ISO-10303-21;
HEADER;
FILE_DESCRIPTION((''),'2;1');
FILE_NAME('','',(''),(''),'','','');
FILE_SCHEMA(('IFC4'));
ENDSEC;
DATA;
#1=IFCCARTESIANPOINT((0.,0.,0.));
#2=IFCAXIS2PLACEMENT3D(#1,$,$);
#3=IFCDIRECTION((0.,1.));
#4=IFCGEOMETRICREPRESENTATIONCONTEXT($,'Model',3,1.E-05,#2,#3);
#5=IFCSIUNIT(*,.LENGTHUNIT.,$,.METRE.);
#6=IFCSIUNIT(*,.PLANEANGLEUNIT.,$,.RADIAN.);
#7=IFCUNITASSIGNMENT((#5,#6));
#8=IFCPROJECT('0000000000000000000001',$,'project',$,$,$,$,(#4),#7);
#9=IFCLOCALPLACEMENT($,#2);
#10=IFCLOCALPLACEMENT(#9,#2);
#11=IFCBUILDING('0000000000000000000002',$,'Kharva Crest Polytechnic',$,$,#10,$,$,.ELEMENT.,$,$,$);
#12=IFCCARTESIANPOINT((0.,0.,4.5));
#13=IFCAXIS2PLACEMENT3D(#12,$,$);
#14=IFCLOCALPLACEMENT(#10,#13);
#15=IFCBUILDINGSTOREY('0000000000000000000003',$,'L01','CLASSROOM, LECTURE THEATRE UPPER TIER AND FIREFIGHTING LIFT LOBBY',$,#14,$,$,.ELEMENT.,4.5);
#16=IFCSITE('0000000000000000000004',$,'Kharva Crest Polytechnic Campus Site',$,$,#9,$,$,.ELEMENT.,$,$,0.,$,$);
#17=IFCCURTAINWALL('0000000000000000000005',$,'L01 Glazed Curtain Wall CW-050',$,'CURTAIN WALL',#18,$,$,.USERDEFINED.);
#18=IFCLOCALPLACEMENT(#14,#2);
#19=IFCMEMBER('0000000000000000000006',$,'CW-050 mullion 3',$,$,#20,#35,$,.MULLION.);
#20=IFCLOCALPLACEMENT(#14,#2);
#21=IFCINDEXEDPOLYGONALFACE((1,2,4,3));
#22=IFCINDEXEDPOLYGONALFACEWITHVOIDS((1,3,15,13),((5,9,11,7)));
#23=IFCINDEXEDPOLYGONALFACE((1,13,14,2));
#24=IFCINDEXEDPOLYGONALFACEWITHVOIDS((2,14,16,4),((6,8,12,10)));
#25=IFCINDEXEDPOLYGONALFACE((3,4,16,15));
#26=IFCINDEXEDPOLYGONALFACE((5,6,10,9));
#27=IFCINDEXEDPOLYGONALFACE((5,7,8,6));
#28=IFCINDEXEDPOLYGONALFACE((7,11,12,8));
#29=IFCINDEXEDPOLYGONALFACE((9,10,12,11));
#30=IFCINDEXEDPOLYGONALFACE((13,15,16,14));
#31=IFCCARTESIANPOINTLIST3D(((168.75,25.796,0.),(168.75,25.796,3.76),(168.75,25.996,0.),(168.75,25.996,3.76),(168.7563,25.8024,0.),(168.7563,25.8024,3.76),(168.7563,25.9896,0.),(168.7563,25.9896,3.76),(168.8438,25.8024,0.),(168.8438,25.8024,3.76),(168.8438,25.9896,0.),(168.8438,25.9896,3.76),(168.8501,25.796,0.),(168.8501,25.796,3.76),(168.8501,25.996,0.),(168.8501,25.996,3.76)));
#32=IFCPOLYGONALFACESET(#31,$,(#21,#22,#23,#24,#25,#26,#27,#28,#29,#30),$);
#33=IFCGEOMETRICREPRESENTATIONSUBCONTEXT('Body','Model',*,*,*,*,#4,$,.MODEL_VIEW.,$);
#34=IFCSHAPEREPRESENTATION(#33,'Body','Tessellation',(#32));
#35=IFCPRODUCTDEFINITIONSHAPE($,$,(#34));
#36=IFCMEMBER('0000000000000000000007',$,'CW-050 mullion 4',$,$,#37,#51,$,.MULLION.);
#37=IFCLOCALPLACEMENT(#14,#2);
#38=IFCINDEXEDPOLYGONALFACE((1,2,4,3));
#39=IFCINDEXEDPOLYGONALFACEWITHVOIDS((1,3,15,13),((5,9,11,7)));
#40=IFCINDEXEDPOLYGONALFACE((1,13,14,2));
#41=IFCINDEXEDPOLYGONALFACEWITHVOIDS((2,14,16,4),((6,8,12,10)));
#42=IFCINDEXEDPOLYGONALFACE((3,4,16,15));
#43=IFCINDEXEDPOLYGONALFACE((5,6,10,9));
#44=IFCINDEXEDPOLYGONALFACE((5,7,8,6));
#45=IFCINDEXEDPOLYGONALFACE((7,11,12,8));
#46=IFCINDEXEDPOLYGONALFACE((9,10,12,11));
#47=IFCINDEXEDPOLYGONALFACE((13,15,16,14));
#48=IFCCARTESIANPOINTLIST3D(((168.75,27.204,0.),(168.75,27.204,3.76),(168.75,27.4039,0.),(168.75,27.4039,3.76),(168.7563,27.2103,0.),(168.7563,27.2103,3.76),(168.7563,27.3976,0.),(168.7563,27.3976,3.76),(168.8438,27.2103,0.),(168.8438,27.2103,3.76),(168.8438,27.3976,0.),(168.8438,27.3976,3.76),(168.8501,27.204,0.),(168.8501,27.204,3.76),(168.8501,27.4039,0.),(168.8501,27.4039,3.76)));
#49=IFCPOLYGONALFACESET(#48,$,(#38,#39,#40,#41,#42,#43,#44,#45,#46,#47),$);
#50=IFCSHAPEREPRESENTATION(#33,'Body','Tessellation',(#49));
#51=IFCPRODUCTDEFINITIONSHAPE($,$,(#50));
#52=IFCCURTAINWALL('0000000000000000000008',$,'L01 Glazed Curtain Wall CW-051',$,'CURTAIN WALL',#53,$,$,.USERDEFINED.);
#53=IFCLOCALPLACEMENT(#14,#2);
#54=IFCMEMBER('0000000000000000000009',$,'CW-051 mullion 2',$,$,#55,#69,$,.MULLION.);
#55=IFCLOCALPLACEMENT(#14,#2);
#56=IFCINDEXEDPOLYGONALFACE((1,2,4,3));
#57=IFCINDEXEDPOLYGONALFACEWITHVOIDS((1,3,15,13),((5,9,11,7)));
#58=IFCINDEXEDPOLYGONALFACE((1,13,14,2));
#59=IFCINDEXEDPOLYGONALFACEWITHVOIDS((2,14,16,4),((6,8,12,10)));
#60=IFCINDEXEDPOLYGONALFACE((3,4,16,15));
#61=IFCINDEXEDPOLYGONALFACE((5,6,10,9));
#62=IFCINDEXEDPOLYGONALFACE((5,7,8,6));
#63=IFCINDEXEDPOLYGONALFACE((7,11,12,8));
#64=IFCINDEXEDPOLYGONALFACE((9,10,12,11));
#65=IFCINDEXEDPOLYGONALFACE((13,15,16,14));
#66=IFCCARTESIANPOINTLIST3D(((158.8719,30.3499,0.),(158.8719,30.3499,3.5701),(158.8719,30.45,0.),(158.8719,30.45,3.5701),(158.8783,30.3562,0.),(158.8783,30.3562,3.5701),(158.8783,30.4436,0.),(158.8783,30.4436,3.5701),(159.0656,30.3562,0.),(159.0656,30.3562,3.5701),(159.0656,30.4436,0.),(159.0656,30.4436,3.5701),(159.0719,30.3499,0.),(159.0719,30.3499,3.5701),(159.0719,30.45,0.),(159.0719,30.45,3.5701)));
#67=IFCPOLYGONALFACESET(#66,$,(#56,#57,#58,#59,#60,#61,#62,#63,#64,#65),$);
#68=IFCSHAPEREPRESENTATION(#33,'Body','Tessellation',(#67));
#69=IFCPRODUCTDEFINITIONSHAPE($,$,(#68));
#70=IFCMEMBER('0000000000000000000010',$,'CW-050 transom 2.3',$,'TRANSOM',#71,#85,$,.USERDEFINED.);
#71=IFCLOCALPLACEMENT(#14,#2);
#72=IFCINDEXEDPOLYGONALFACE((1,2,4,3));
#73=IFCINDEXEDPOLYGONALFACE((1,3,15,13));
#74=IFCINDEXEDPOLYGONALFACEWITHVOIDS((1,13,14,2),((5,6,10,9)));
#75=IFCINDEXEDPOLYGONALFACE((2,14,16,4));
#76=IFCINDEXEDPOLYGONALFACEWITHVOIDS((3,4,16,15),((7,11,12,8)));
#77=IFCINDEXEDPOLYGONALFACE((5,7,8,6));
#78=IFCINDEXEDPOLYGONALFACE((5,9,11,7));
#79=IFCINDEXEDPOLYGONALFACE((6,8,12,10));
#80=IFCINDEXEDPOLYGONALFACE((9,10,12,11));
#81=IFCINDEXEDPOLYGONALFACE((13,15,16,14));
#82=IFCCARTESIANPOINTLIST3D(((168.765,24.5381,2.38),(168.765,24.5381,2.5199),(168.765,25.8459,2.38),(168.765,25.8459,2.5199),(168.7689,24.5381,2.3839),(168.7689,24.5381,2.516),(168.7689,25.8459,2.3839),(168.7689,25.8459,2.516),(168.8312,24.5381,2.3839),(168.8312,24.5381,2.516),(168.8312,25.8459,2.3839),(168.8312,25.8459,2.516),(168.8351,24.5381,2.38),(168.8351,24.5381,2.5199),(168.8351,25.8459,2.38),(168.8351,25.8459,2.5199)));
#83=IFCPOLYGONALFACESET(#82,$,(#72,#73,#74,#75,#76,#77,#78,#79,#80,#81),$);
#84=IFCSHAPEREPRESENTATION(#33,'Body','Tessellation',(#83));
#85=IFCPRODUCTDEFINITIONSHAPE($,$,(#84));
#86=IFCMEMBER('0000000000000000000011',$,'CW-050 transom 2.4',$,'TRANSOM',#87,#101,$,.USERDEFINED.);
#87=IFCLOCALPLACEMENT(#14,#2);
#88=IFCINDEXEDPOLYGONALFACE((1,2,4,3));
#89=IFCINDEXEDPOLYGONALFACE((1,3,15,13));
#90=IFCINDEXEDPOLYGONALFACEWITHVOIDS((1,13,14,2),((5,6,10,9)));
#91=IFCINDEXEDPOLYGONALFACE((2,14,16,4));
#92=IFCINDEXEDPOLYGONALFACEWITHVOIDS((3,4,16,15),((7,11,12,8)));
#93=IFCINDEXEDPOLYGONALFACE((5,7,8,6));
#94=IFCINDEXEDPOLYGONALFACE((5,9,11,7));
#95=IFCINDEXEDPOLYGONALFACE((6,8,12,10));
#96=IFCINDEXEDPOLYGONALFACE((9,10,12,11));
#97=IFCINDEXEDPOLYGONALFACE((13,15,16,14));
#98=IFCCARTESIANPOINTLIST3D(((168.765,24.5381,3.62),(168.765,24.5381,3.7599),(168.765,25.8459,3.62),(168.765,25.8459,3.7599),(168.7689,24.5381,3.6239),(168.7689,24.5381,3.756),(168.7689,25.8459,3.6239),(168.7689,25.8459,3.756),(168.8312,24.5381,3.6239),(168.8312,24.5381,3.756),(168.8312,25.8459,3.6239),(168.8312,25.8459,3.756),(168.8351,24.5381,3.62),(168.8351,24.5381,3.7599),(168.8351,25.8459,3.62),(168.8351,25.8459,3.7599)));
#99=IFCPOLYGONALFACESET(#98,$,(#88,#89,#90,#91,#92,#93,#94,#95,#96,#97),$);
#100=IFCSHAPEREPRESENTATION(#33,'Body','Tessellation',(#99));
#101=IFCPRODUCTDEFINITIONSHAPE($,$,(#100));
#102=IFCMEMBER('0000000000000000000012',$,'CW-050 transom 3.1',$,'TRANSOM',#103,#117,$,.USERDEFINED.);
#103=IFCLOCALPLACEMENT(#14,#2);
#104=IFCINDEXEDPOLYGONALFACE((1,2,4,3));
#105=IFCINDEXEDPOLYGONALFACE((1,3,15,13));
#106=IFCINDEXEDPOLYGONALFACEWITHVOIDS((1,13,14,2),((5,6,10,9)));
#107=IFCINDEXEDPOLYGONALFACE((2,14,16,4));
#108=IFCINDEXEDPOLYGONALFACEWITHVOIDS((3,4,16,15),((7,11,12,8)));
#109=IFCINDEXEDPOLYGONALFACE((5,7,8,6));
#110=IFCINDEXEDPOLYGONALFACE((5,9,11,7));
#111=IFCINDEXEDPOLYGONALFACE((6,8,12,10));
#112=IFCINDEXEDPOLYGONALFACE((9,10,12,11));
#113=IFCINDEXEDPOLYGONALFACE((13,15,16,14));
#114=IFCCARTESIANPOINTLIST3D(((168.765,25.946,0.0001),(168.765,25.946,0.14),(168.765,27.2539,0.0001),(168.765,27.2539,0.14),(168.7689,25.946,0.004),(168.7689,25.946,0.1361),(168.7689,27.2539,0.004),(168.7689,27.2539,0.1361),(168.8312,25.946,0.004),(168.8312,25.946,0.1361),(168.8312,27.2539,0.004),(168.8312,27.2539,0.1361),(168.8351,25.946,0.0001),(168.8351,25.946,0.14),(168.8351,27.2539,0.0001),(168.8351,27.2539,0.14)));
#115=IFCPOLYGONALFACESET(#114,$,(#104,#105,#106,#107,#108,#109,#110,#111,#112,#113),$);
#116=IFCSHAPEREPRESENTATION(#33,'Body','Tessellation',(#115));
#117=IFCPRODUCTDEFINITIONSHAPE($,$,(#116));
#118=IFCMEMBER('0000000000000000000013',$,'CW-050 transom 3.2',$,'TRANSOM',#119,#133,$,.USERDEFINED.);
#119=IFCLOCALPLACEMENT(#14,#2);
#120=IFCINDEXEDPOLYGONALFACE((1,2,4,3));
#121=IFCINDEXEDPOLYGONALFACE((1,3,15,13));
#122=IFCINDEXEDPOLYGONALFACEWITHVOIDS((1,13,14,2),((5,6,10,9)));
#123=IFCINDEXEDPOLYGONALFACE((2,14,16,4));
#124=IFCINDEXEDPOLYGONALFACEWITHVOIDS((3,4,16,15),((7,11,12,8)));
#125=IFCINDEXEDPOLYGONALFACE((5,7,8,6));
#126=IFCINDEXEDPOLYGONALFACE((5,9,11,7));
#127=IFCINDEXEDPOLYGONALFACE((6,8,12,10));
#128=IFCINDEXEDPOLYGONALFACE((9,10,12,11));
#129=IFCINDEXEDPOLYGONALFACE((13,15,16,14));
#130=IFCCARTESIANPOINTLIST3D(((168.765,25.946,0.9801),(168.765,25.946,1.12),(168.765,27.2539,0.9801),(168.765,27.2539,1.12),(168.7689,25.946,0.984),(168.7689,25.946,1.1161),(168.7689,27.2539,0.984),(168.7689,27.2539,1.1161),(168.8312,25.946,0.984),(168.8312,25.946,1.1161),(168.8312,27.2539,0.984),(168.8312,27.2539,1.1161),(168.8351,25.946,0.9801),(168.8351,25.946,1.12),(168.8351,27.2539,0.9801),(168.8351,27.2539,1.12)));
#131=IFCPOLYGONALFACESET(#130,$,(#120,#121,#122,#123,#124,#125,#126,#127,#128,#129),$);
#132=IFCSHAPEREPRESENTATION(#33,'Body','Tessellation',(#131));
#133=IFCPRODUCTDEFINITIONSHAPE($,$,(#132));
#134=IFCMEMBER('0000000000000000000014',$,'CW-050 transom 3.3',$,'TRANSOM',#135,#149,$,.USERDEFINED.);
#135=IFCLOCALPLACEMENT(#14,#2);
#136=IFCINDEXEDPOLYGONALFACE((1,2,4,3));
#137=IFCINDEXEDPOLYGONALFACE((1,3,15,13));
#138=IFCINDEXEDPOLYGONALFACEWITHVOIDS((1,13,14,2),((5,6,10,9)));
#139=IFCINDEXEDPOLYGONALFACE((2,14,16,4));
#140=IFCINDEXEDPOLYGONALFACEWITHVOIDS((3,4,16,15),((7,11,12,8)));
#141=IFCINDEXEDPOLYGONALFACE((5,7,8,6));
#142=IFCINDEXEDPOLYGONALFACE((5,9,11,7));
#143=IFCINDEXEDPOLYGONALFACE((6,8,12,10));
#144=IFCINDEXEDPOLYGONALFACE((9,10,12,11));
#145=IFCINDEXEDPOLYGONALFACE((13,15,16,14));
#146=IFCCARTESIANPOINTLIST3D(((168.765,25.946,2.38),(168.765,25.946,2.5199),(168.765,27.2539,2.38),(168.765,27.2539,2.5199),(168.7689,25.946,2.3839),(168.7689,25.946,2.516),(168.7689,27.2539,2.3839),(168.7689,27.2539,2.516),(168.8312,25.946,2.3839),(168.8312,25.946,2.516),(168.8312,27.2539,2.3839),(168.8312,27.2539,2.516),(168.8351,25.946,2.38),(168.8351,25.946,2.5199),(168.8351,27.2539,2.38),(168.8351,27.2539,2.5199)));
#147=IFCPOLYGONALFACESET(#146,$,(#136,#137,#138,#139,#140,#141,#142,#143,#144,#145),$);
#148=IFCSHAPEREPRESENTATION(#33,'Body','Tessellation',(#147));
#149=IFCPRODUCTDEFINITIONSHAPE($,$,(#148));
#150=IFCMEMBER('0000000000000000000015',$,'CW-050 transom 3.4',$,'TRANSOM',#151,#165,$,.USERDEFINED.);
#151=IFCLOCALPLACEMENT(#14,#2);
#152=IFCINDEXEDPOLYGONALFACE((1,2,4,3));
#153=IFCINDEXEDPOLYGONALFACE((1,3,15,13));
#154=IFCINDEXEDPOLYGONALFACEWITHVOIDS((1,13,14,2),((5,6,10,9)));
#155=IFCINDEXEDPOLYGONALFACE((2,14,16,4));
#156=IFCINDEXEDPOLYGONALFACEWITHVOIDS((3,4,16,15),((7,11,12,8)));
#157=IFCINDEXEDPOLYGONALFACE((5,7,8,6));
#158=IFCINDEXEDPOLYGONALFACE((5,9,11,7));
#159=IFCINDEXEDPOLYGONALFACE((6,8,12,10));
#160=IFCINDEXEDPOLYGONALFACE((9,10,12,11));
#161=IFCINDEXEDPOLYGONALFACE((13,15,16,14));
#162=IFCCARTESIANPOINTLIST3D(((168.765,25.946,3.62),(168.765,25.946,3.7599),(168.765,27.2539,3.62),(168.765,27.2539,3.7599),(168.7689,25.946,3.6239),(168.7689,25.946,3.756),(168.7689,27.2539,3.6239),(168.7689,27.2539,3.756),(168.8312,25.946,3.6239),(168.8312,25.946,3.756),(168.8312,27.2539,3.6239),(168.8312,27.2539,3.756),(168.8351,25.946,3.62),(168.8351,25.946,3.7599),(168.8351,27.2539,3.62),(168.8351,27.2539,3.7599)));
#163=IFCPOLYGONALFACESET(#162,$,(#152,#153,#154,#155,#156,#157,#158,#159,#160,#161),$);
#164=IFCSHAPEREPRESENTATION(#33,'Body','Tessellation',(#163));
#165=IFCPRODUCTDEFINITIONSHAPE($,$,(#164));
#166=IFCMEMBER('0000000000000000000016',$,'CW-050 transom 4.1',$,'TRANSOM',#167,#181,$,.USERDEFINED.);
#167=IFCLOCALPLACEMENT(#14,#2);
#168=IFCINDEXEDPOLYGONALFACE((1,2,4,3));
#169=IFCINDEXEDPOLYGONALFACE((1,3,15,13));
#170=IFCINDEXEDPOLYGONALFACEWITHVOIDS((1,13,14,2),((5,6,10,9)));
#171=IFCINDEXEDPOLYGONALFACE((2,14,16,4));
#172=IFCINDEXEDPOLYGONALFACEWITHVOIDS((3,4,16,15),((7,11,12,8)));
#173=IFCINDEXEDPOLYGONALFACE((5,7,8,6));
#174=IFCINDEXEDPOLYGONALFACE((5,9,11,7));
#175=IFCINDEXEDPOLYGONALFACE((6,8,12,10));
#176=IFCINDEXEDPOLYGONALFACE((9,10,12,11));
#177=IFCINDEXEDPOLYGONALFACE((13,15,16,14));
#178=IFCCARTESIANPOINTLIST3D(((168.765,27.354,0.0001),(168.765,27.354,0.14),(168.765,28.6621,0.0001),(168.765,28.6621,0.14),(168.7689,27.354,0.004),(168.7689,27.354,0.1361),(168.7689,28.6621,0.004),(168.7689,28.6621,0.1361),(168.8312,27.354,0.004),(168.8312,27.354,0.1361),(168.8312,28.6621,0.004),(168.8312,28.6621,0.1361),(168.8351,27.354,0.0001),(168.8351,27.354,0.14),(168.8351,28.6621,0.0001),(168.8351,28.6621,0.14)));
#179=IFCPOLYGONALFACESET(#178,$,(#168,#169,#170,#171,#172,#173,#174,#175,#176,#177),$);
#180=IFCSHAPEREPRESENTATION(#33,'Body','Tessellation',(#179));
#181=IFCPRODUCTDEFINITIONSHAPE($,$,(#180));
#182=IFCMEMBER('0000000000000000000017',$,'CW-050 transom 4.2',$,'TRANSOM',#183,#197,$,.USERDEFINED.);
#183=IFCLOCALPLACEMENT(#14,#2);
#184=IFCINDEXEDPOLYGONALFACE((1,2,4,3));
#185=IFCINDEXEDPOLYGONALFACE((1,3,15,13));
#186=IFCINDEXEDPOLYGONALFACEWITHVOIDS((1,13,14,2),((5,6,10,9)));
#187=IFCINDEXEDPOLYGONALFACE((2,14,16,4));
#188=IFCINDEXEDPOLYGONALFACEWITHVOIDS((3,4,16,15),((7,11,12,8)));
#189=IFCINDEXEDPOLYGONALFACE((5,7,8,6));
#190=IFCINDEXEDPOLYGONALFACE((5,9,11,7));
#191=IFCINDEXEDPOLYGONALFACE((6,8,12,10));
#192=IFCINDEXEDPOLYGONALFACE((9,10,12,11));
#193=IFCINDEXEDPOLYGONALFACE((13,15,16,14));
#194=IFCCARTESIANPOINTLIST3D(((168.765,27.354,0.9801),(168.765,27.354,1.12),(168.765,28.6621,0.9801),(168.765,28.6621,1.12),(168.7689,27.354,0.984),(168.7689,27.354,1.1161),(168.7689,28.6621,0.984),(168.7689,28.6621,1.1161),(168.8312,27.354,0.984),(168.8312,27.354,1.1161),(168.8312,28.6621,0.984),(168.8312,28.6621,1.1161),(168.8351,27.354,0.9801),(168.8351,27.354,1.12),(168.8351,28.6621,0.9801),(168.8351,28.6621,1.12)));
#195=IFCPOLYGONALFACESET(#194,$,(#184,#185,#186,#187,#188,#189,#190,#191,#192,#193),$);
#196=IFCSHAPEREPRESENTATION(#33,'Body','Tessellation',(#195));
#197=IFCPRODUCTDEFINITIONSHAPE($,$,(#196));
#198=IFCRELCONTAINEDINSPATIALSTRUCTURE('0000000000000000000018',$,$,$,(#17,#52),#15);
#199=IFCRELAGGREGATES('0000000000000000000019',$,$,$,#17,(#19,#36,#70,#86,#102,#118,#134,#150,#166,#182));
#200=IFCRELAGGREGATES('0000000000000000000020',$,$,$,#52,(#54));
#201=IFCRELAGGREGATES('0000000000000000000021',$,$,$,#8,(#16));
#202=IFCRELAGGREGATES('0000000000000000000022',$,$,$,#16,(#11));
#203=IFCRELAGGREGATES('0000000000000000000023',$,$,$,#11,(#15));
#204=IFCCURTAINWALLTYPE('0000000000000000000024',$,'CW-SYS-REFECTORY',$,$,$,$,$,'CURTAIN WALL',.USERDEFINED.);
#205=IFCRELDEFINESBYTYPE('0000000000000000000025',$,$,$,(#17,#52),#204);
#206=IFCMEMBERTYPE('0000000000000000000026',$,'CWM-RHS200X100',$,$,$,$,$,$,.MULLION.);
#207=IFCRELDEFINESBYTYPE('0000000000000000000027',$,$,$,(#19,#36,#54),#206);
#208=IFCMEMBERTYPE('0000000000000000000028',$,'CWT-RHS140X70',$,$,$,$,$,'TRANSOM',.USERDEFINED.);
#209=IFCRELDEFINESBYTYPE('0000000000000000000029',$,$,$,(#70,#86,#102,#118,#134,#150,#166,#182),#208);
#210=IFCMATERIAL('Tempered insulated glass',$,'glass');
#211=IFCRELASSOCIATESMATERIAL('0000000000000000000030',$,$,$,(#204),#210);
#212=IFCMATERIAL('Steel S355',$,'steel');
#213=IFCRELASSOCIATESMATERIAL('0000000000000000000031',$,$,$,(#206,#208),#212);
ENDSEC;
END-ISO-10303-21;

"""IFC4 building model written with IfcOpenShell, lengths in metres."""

from ifc_helpers import new_model, si_unit, direction, frame, origin, origin_2d, place, context, subcontext, project, spatial, hollow_rectangle, extrude, material, material_profile, profile_set, type_object, element, aggregate, save


model = new_model("IFC4")

# Units and contexts
model_context = context("Model", 3, precision=1e-05, world=origin(), true_north=direction((0.0, 1.0)))
body_context = subcontext(model_context, "Body", "Model", "MODEL_VIEW")
ifc_project = project(units=[si_unit("LENGTHUNIT", "METRE"), si_unit("PLANEANGLEUNIT", "RADIAN")], contexts=[model_context])

# Site, building, storey
site_placement = place(None, origin())
site = spatial("IfcSite", under=ifc_project, at=site_placement, Name="Kharva Crest Polytechnic Campus Site", CompositionType="ELEMENT", RefElevation=0.0)
building_placement = place(site_placement, origin())
building = spatial("IfcBuilding", under=site, at=building_placement, Name="Kharva Crest Polytechnic", CompositionType="ELEMENT")
storey_placement = place(building_placement, frame((0.0, 0.0, 4.5)))
storey = spatial("IfcBuildingStorey", under=building, at=storey_placement, Name="L01", Description="CLASSROOM, LECTURE THEATRE UPPER TIER AND FIREFIGHTING LIFT LOBBY", CompositionType="ELEMENT", Elevation=4.5)

# Curtain wall, members
ifc_material_1 = material(Name="Tempered insulated glass", Category="glass")
curtain_wall_type = type_object("IfcCurtainWallType", Name="CW-SYS-REFECTORY", ElementType="CURTAIN WALL", PredefinedType="USERDEFINED", material=ifc_material_1)
curtain_wall_1_placement = place(storey_placement, origin())
curtain_wall_1 = element("IfcCurtainWall", 1, at=curtain_wall_1_placement, inside=storey, type_object=curtain_wall_type, Name="L01 Glazed Curtain Wall CW-050", ObjectType="CURTAIN WALL", PredefinedType="USERDEFINED")
ifc_material_2 = material(Name="Steel S355", Category="steel")
ifc_material_profile_1 = material_profile(ifc_material_2, hollow_rectangle(XDim=0.1001, YDim=0.2, WallThickness=0.0063, at=origin_2d()), Name="RHS 200X100X6.3")
ifc_profile_set_1 = profile_set([ifc_material_profile_1], Name="Steel S355")
member_type_1 = type_object("IfcMemberType", Name="CWM-RHS200X100", PredefinedType="MULLION", material=ifc_profile_set_1)
member_1_placement = place(storey_placement, frame((168.8, 25.896, 0.0), z_axis=(0.0, 0.0, 1.0), x_axis=(-1.0, 0.0, 0.0)))
member_1 = element("IfcMember", 2, at=member_1_placement, type_object=member_type_1, Name="CW-050 mullion 3", PredefinedType="MULLION", context=body_context, shape_type="SweptSolid", body=[
    extrude(hollow_rectangle(XDim=0.1001, YDim=0.2, WallThickness=0.0063, at=origin_2d()), origin(), (0.0, 0.0, 1.0), 3.76),
])
member_2_placement = place(storey_placement, frame((168.8, 27.304, 0.0), z_axis=(0.0, 0.0, 1.0), x_axis=(-1.0, 0.0, 0.0)))
member_2 = element("IfcMember", 3, at=member_2_placement, type_object=member_type_1, Name="CW-050 mullion 4", PredefinedType="MULLION", context=body_context, shape_type="SweptSolid", body=[
    extrude(hollow_rectangle(XDim=0.1001, YDim=0.2, WallThickness=0.0063, at=origin_2d()), origin(), (0.0, 0.0, 1.0), 3.76),
])

# Curtain wall, member
curtain_wall_2_placement = place(storey_placement, origin())
curtain_wall_2 = element("IfcCurtainWall", 4, at=curtain_wall_2_placement, inside=storey, type_object=curtain_wall_type, Name="L01 Glazed Curtain Wall CW-051", ObjectType="CURTAIN WALL", PredefinedType="USERDEFINED")
member_3_placement = place(storey_placement, frame((158.9719, 30.3999, 0.0), z_axis=(0.0, 0.0, 1.0), x_axis=(0.0, -1.0, 0.0)))
member_3 = element("IfcMember", 5, at=member_3_placement, type_object=member_type_1, Name="CW-051 mullion 2", PredefinedType="MULLION", context=body_context, shape_type="SweptSolid", body=[
    extrude(hollow_rectangle(XDim=0.1001, YDim=0.2, WallThickness=0.0063, at=origin_2d()), origin(), (0.0, 0.0, 1.0), 3.5701),
])

# Members
ifc_material_profile_2 = material_profile(ifc_material_2, hollow_rectangle(XDim=0.0701, YDim=0.1399, WallThickness=0.0039, at=origin_2d()), Name="RHS 140X70X4.0")
ifc_profile_set_2 = profile_set([ifc_material_profile_2], Name="Steel S355")
member_type_2 = type_object("IfcMemberType", Name="CWT-RHS140X70", ElementType="TRANSOM", PredefinedType="USERDEFINED", material=ifc_profile_set_2)
member_4_placement = place(storey_placement, frame((168.8, 24.5381, 2.45), z_axis=(0.0, 1.0, 0.0), x_axis=(-1.0, 0.0, 0.0)))
member_4 = element("IfcMember", 6, at=member_4_placement, type_object=member_type_2, Name="CW-050 transom 2.3", ObjectType="TRANSOM", PredefinedType="USERDEFINED", context=body_context, shape_type="SweptSolid", body=[
    extrude(hollow_rectangle(XDim=0.0701, YDim=0.1399, WallThickness=0.0039, at=origin_2d()), origin(), (0.0, 0.0, 1.0), 1.3079),
])
member_5_placement = place(storey_placement, frame((168.8, 24.5381, 3.6899), z_axis=(0.0, 1.0, 0.0), x_axis=(-1.0, 0.0, 0.0)))
member_5 = element("IfcMember", 7, at=member_5_placement, type_object=member_type_2, Name="CW-050 transom 2.4", ObjectType="TRANSOM", PredefinedType="USERDEFINED", context=body_context, shape_type="SweptSolid", body=[
    extrude(hollow_rectangle(XDim=0.0701, YDim=0.1399, WallThickness=0.0039, at=origin_2d()), origin(), (0.0, 0.0, 1.0), 1.3079),
])
member_6_placement = place(storey_placement, frame((168.8, 25.946, 0.0701), z_axis=(0.0, 1.0, 0.0), x_axis=(-1.0, 0.0, 0.0)))
member_6 = element("IfcMember", 8, at=member_6_placement, type_object=member_type_2, Name="CW-050 transom 3.1", ObjectType="TRANSOM", PredefinedType="USERDEFINED", context=body_context, shape_type="SweptSolid", body=[
    extrude(hollow_rectangle(XDim=0.0701, YDim=0.1399, WallThickness=0.0039, at=origin_2d()), origin(), (0.0, 0.0, 1.0), 1.3079),
])
member_7_placement = place(storey_placement, frame((168.8, 25.946, 1.05), z_axis=(0.0, 1.0, 0.0), x_axis=(-1.0, 0.0, 0.0)))
member_7 = element("IfcMember", 9, at=member_7_placement, type_object=member_type_2, Name="CW-050 transom 3.2", ObjectType="TRANSOM", PredefinedType="USERDEFINED", context=body_context, shape_type="SweptSolid", body=[
    extrude(hollow_rectangle(XDim=0.0701, YDim=0.1399, WallThickness=0.0039, at=origin_2d()), origin(), (0.0, 0.0, 1.0), 1.3079),
])
member_8_placement = place(storey_placement, frame((168.8, 25.946, 2.45), z_axis=(0.0, 1.0, 0.0), x_axis=(-1.0, 0.0, 0.0)))
member_8 = element("IfcMember", 10, at=member_8_placement, type_object=member_type_2, Name="CW-050 transom 3.3", ObjectType="TRANSOM", PredefinedType="USERDEFINED", context=body_context, shape_type="SweptSolid", body=[
    extrude(hollow_rectangle(XDim=0.0701, YDim=0.1399, WallThickness=0.0039, at=origin_2d()), origin(), (0.0, 0.0, 1.0), 1.3079),
])
member_9_placement = place(storey_placement, frame((168.8, 25.946, 3.6899), z_axis=(0.0, 1.0, 0.0), x_axis=(-1.0, 0.0, 0.0)))
member_9 = element("IfcMember", 11, at=member_9_placement, type_object=member_type_2, Name="CW-050 transom 3.4", ObjectType="TRANSOM", PredefinedType="USERDEFINED", context=body_context, shape_type="SweptSolid", body=[
    extrude(hollow_rectangle(XDim=0.0701, YDim=0.1399, WallThickness=0.0039, at=origin_2d()), origin(), (0.0, 0.0, 1.0), 1.3079),
])
member_10_placement = place(storey_placement, frame((168.8, 27.354, 0.0701), z_axis=(0.0, 1.0, 0.0), x_axis=(-1.0, 0.0, 0.0)))
member_10 = element("IfcMember", 12, at=member_10_placement, type_object=member_type_2, Name="CW-050 transom 4.1", ObjectType="TRANSOM", PredefinedType="USERDEFINED", context=body_context, shape_type="SweptSolid", body=[
    extrude(hollow_rectangle(XDim=0.0701, YDim=0.1399, WallThickness=0.0039, at=origin_2d()), origin(), (0.0, 0.0, 1.0), 1.3081),
])
member_11_placement = place(storey_placement, frame((168.8, 27.354, 1.05), z_axis=(0.0, 1.0, 0.0), x_axis=(-1.0, 0.0, 0.0)))
member_11 = element("IfcMember", 13, at=member_11_placement, type_object=member_type_2, Name="CW-050 transom 4.2", ObjectType="TRANSOM", PredefinedType="USERDEFINED", context=body_context, shape_type="SweptSolid", body=[
    extrude(hollow_rectangle(XDim=0.0701, YDim=0.1399, WallThickness=0.0039, at=origin_2d()), origin(), (0.0, 0.0, 1.0), 1.3081),
])

aggregate(curtain_wall_1, [member_1, member_2, member_4, member_5, member_6, member_7, member_8, member_9, member_10, member_11])
aggregate(curtain_wall_2, [member_3])

save(model, "model.ifc")
